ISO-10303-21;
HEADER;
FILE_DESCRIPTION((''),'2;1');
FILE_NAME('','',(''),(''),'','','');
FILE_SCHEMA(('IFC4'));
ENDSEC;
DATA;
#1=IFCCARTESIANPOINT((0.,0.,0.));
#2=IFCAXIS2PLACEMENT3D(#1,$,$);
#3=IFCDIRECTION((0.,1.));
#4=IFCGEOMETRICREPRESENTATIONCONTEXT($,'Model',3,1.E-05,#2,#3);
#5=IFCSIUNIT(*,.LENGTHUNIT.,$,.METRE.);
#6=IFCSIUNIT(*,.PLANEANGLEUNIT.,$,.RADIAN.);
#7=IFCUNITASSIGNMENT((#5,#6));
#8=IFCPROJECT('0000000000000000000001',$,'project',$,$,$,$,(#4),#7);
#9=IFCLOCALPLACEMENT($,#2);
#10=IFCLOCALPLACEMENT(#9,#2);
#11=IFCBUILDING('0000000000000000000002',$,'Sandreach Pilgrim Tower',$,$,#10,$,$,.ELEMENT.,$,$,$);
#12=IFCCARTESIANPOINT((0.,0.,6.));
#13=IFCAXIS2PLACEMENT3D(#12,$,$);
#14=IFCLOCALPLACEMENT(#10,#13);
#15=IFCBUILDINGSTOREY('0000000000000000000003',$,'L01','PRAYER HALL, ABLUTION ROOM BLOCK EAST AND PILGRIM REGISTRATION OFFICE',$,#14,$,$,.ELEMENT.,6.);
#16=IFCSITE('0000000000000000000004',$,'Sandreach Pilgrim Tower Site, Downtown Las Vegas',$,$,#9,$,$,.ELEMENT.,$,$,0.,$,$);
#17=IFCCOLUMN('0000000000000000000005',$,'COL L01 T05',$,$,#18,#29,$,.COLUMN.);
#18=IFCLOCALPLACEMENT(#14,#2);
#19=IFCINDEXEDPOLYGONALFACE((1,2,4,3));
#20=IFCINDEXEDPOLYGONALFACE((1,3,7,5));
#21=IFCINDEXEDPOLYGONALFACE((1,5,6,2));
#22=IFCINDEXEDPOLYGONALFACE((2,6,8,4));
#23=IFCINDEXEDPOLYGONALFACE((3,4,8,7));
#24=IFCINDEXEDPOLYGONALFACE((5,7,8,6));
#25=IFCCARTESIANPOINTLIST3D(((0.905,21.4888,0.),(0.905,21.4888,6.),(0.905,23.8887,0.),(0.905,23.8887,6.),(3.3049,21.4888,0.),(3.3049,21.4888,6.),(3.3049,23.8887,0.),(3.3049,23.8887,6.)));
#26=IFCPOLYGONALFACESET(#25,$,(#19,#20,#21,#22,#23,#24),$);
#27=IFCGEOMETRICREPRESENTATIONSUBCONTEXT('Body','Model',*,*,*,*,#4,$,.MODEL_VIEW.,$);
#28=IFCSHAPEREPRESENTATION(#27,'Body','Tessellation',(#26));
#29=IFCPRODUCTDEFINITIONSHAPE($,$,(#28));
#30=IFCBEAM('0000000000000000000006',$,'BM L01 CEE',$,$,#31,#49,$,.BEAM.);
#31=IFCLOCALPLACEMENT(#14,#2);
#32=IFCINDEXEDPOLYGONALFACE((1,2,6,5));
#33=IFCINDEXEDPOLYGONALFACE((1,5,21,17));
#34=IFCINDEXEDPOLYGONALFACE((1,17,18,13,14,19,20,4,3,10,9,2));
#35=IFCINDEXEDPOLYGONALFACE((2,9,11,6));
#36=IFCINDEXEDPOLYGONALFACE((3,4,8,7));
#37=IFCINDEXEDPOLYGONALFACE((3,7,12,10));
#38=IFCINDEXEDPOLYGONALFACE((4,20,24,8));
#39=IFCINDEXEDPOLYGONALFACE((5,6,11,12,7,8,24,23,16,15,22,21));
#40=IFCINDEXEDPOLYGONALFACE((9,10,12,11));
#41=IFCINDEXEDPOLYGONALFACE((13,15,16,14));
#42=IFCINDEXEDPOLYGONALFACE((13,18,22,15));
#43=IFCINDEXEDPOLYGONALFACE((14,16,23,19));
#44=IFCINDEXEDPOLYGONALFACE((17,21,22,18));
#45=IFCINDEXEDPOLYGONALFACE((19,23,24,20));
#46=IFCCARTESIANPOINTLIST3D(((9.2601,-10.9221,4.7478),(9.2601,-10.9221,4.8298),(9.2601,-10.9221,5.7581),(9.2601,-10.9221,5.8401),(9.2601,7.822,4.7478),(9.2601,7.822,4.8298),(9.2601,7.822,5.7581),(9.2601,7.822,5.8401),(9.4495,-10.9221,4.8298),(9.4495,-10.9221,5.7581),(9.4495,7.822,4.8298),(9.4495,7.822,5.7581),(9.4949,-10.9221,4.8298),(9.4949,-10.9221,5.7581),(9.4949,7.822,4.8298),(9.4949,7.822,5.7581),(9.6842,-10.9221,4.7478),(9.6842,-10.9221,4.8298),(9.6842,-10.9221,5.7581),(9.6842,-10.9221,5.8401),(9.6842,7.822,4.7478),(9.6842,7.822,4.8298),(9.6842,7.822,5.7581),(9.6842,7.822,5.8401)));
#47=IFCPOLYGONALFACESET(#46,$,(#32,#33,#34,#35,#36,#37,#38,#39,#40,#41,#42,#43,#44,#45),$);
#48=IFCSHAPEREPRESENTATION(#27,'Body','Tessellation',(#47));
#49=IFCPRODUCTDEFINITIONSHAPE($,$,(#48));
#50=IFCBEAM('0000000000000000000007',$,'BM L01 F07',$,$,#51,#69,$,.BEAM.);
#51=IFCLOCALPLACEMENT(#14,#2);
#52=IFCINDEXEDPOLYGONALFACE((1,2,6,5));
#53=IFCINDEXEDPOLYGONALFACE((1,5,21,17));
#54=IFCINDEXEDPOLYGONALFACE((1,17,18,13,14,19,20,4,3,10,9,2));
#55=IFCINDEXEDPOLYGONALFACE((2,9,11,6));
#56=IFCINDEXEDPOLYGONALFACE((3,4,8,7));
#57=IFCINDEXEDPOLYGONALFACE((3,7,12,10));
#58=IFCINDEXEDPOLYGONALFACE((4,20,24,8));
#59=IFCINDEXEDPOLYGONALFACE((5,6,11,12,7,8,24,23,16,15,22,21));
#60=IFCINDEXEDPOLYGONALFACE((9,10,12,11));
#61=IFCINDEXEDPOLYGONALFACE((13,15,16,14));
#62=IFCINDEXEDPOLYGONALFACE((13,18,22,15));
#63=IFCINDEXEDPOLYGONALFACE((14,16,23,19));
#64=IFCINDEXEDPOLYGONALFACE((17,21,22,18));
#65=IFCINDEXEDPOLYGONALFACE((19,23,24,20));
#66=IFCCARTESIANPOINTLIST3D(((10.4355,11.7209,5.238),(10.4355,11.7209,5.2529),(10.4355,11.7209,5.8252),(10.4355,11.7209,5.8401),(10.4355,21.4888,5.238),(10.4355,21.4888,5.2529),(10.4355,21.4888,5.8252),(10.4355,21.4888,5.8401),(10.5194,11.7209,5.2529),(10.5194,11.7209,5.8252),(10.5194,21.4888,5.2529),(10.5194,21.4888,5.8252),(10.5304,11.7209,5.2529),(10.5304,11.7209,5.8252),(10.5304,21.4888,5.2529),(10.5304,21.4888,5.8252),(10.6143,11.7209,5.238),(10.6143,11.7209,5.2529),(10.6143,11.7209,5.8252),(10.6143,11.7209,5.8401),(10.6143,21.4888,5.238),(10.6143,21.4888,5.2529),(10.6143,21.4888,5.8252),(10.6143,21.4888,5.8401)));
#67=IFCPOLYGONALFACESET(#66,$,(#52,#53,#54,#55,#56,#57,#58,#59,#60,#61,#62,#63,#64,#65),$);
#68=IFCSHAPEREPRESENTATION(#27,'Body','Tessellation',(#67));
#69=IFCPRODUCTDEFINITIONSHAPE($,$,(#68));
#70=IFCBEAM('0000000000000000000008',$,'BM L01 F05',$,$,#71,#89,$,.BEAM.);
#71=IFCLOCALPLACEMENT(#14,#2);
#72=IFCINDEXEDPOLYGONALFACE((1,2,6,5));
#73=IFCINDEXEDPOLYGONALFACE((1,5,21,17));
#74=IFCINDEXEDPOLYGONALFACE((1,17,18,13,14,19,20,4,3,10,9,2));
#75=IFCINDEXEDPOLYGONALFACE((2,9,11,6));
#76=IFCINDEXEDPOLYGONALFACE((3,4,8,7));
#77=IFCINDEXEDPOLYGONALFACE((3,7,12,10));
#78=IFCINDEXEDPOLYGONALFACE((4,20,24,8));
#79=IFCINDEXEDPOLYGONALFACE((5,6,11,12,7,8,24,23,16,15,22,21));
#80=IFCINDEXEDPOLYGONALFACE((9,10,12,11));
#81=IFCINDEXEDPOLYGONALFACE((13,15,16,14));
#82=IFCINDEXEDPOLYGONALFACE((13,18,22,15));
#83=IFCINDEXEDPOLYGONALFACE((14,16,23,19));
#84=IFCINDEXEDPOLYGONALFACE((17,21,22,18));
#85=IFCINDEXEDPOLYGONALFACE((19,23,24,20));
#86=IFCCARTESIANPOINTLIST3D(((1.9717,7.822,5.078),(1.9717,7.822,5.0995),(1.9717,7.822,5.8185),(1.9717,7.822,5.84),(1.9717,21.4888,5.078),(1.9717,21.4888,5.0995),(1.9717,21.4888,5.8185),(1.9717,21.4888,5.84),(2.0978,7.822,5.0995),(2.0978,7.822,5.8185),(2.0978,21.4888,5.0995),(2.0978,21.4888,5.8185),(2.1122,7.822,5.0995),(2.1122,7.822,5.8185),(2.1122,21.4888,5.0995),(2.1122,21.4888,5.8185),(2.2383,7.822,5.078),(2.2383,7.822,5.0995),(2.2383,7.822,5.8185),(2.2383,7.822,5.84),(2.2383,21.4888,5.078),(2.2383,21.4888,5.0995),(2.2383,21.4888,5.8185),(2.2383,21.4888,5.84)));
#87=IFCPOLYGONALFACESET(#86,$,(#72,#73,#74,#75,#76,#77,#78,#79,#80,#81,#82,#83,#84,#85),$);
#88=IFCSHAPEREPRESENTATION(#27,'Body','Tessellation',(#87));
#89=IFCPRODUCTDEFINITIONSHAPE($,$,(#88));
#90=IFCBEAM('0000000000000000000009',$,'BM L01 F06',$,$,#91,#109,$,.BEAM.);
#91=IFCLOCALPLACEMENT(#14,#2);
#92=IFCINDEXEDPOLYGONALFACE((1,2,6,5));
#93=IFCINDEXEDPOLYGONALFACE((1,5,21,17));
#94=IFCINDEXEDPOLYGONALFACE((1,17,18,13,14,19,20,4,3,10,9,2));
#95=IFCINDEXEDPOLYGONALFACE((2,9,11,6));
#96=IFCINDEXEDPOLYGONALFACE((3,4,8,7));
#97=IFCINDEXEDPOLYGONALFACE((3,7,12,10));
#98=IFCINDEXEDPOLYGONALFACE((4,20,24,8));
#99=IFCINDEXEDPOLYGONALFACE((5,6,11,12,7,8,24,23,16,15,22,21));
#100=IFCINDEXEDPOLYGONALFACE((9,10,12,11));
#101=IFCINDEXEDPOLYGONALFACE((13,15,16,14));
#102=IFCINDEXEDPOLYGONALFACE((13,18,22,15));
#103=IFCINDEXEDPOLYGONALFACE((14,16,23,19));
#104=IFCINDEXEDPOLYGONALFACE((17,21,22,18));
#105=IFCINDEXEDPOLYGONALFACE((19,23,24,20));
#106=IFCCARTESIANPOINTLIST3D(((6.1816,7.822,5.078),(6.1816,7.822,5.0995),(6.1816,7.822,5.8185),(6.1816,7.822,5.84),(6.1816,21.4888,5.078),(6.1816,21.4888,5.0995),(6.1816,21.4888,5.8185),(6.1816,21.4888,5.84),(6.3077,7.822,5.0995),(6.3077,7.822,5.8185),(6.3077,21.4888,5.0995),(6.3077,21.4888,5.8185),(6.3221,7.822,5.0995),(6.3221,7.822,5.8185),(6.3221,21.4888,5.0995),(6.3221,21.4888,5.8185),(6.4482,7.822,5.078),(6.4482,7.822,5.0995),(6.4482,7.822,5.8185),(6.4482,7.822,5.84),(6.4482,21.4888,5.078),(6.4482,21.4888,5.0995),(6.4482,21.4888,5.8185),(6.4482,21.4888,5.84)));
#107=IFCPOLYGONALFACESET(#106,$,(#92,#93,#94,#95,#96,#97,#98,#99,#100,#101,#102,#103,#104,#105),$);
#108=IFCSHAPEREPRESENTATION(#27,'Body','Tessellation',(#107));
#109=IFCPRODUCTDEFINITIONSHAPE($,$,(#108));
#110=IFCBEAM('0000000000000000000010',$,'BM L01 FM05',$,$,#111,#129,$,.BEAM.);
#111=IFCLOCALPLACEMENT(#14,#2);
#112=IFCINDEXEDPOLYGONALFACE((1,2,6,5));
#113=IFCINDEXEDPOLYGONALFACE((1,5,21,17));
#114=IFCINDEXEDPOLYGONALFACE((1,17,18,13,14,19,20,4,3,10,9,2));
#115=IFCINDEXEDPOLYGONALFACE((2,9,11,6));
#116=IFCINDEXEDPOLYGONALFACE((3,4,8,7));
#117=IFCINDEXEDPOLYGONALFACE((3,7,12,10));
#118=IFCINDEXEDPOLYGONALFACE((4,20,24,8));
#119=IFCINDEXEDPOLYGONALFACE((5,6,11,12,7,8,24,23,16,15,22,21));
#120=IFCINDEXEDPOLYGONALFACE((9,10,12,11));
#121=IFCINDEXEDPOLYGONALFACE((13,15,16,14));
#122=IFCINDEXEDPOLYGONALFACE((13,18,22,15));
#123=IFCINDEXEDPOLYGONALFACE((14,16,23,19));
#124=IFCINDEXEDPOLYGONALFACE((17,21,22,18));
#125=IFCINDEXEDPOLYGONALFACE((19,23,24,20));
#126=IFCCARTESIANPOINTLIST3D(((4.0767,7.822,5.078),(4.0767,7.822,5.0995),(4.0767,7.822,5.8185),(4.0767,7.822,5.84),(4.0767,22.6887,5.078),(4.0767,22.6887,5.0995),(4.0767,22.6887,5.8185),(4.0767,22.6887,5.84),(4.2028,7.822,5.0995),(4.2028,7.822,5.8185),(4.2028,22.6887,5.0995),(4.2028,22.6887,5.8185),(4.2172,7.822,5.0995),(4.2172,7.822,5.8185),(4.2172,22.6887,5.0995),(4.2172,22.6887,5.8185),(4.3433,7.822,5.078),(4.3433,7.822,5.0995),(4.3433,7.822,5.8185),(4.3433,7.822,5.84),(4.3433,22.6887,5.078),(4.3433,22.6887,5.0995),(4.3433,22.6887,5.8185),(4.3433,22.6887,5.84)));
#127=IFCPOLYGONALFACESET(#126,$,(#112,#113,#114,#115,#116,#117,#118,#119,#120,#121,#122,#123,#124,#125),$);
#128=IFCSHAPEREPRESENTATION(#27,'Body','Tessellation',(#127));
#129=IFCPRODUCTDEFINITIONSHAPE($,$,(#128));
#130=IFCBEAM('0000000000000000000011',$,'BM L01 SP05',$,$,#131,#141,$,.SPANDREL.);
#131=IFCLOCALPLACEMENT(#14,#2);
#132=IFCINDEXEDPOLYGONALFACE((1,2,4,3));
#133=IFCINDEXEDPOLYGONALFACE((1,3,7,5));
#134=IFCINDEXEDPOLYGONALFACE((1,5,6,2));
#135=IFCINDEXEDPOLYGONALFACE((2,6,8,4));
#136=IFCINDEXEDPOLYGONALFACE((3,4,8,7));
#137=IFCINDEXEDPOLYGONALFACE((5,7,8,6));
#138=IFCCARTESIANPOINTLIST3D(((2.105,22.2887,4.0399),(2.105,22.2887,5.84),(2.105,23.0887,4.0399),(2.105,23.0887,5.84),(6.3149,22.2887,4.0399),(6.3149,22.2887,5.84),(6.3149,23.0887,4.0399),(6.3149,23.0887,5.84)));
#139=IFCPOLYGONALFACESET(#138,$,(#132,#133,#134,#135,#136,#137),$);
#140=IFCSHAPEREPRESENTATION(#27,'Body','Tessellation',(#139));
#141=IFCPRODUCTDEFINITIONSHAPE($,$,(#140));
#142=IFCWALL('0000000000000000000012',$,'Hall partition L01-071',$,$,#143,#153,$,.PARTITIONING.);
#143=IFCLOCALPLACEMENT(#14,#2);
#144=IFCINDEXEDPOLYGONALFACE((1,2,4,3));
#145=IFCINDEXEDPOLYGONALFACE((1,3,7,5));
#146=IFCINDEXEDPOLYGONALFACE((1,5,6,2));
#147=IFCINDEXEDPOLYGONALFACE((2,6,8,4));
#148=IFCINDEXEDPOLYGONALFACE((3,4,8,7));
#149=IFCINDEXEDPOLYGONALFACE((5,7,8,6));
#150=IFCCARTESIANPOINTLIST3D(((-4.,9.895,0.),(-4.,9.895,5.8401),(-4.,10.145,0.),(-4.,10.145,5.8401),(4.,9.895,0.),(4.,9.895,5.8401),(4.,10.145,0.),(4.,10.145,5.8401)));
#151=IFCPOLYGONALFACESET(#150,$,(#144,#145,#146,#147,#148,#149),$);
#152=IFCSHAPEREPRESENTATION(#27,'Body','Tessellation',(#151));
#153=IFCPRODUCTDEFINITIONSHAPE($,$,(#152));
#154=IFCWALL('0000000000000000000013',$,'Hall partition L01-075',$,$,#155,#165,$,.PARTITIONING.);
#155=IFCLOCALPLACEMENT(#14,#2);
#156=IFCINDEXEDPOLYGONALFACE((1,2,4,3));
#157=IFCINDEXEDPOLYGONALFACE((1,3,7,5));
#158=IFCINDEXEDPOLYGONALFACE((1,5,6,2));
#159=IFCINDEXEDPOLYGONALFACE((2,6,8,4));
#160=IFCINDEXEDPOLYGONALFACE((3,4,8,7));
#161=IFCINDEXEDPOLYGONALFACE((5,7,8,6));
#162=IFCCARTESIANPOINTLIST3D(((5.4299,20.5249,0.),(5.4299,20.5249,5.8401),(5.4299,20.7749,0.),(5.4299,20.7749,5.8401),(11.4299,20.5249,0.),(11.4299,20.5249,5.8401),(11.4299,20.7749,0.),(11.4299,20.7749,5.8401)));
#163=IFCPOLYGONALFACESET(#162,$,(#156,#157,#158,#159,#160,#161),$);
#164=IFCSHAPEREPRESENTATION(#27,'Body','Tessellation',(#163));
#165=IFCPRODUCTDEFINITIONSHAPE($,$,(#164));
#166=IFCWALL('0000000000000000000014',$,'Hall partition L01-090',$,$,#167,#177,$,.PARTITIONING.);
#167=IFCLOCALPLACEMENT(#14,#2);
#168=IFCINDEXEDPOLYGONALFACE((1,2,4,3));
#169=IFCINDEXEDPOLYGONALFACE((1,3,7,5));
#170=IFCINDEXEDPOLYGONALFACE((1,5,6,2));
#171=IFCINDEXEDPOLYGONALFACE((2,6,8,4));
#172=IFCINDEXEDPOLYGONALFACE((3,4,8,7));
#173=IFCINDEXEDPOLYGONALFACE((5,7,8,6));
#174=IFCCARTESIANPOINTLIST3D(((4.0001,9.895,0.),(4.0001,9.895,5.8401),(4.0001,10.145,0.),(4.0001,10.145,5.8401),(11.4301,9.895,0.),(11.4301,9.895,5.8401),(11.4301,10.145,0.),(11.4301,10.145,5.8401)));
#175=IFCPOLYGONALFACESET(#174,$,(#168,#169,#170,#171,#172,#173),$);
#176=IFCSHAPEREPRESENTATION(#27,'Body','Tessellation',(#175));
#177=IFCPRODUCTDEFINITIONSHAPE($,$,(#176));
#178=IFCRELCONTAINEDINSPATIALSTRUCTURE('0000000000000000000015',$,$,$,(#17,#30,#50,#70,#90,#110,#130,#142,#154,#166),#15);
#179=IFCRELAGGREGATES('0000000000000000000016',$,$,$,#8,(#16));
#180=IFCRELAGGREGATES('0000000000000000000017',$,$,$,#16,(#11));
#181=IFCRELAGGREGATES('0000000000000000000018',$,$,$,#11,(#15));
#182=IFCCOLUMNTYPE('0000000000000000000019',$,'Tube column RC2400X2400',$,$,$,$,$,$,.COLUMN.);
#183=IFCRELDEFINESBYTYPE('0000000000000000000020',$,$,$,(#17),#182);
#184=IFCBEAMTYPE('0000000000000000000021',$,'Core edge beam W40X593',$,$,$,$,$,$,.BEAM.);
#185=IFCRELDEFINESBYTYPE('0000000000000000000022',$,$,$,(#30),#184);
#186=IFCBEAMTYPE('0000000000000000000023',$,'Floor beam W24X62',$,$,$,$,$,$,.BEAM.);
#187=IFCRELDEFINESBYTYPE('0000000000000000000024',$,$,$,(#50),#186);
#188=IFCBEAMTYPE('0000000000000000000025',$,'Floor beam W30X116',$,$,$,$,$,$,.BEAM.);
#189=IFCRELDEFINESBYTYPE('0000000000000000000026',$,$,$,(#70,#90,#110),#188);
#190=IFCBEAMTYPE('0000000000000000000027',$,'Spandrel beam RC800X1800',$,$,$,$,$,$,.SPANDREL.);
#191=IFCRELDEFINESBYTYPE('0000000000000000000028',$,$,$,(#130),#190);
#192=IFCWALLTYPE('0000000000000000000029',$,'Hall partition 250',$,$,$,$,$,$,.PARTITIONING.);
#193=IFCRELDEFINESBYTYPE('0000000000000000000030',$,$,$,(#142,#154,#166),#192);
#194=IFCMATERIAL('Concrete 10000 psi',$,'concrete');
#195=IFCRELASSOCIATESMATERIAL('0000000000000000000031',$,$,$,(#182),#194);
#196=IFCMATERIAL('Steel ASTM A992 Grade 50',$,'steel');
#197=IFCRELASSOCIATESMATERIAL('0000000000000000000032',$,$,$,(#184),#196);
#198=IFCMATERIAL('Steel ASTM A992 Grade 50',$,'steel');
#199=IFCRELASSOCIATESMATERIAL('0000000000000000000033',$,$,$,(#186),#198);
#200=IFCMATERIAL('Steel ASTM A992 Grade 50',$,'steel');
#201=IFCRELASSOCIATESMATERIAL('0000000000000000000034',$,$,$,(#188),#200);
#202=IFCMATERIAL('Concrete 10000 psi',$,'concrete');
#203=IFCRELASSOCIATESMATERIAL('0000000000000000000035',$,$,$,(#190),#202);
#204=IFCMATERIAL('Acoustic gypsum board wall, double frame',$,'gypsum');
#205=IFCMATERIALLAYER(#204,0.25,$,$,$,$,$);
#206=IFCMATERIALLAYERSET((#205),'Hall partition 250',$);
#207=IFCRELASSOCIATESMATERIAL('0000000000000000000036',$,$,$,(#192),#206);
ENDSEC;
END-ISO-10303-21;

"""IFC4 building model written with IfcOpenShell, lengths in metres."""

from ifc_helpers import new_model, si_unit, direction, frame, frame_2d, origin, origin_2d, place, context, subcontext, project, spatial, rectangle, i_section, extrude, material, layer, layer_set, material_profile, profile_set, type_object, element, save


model = new_model("IFC4")

# Units and contexts
model_context = context("Model", 3, precision=1e-05, world=origin(), true_north=direction((0.0, 1.0)))
body_context = subcontext(model_context, "Body", "Model", "MODEL_VIEW")
ifc_project = project(units=[si_unit("LENGTHUNIT", "METRE"), si_unit("PLANEANGLEUNIT", "RADIAN")], contexts=[model_context])

# Site, building, storey
site_placement = place(None, origin())
site = spatial("IfcSite", under=ifc_project, at=site_placement, Name="Sandreach Pilgrim Tower Site, Downtown Las Vegas", CompositionType="ELEMENT", RefElevation=0.0)
building_placement = place(site_placement, origin())
building = spatial("IfcBuilding", under=site, at=building_placement, Name="Sandreach Pilgrim Tower", CompositionType="ELEMENT")
storey_placement = place(building_placement, frame((0.0, 0.0, 6.0)))
storey = spatial("IfcBuildingStorey", under=building, at=storey_placement, Name="L01", Description="PRAYER HALL, ABLUTION ROOM BLOCK EAST AND PILGRIM REGISTRATION OFFICE", CompositionType="ELEMENT", Elevation=6.0)

# Column
ifc_material_1 = material(Name="Concrete 10000 psi", Category="concrete")
ifc_material_profile_1 = material_profile(ifc_material_1, rectangle(XDim=2.3999, YDim=2.3999, at=origin_2d()), Name="RC2400X2400")
ifc_profile_set_1 = profile_set([ifc_material_profile_1], Name="Concrete 10000 psi")
column_type = type_object("IfcColumnType", Name="Tube column RC2400X2400", PredefinedType="COLUMN", material=ifc_profile_set_1)
column_placement = place(storey_placement, frame((2.105, 22.6887, 0.0), z_axis=(0.0, 0.0, 1.0), x_axis=(0.0, 1.0, 0.0)))
element("IfcColumn", 1, at=column_placement, inside=storey, type_object=column_type, Name="COL L01 T05", PredefinedType="COLUMN", context=body_context, shape_type="SweptSolid", body=[
    extrude(rectangle(XDim=2.3999, YDim=2.3999, at=origin_2d()), origin(), (0.0, 0.0, 1.0), 6.0),
])

# Beams
ifc_material_2 = material(Name="Steel ASTM A992 Grade 50", Category="steel")
ifc_material_profile_2 = material_profile(ifc_material_2, i_section(OverallWidth=0.4241, OverallDepth=1.0923, WebThickness=0.0454, FlangeThickness=0.082, at=origin_2d()), Name="W40X593")
ifc_profile_set_2 = profile_set([ifc_material_profile_2], Name="Steel ASTM A992 Grade 50")
beam_type_1 = type_object("IfcBeamType", Name="Core edge beam W40X593", PredefinedType="BEAM", material=ifc_profile_set_2)
beam_1_placement = place(storey_placement, frame((9.4722, 7.822, 5.2939), z_axis=(0.0, -1.0, 0.0), x_axis=(1.0, 0.0, 0.0)))
element("IfcBeam", 2, at=beam_1_placement, inside=storey, type_object=beam_type_1, Name="BM L01 CEE", PredefinedType="BEAM", context=body_context, shape_type="SweptSolid", body=[
    extrude(i_section(OverallWidth=0.4241, OverallDepth=1.0923, WebThickness=0.0454, FlangeThickness=0.082, at=origin_2d()), origin(), (0.0, 0.0, 1.0), 18.7441),
])
ifc_material_3 = material(Name="Steel ASTM A992 Grade 50", Category="steel")
ifc_material_profile_3 = material_profile(ifc_material_3, i_section(OverallWidth=0.1787, OverallDepth=0.6021, WebThickness=0.011, FlangeThickness=0.0149, at=origin_2d()), Name="W24X62")
ifc_profile_set_3 = profile_set([ifc_material_profile_3], Name="Steel ASTM A992 Grade 50")
beam_type_2 = type_object("IfcBeamType", Name="Floor beam W24X62", PredefinedType="BEAM", material=ifc_profile_set_3)
beam_2_placement = place(storey_placement, frame((10.5249, 21.4888, 5.5391), z_axis=(0.0, -1.0, 0.0), x_axis=(1.0, 0.0, 0.0)))
element("IfcBeam", 3, at=beam_2_placement, inside=storey, type_object=beam_type_2, Name="BM L01 F07", PredefinedType="BEAM", context=body_context, shape_type="SweptSolid", body=[
    extrude(i_section(OverallWidth=0.1787, OverallDepth=0.6021, WebThickness=0.011, FlangeThickness=0.0149, at=origin_2d()), origin(), (0.0, 0.0, 1.0), 9.7678),
])
ifc_material_4 = material(Name="Steel ASTM A992 Grade 50", Category="steel")
ifc_material_profile_4 = material_profile(ifc_material_4, i_section(OverallWidth=0.2666, OverallDepth=0.762, WebThickness=0.0144, FlangeThickness=0.0215, at=origin_2d()), Name="W30X116")
ifc_profile_set_4 = profile_set([ifc_material_profile_4], Name="Steel ASTM A992 Grade 50")
beam_type_3 = type_object("IfcBeamType", Name="Floor beam W30X116", PredefinedType="BEAM", material=ifc_profile_set_4)
for number, where, z_axis, x_axis, name in (
    (4, (2.105, 21.4888, 5.459), (0.0, -1.0, 0.0), (1.0, 0.0, 0.0), "BM L01 F05"),
    (5, (6.3149, 21.4888, 5.459), (0.0, -1.0, 0.0), (1.0, 0.0, 0.0), "BM L01 F06"),
):
    element("IfcBeam", number, at=place(storey_placement, frame(where, z_axis=z_axis, x_axis=x_axis)), inside=storey, type_object=beam_type_3, Name=name, PredefinedType="BEAM", context=body_context, shape_type="SweptSolid", body=[
        extrude(i_section(OverallWidth=0.2666, OverallDepth=0.762, WebThickness=0.0144, FlangeThickness=0.0215, at=origin_2d()), origin(), (0.0, 0.0, 1.0), 13.6667),
    ])
beam_3_placement = place(storey_placement, frame((4.21, 22.6887, 5.459), z_axis=(0.0, -1.0, 0.0), x_axis=(1.0, 0.0, 0.0)))
element("IfcBeam", 6, at=beam_3_placement, inside=storey, type_object=beam_type_3, Name="BM L01 FM05", PredefinedType="BEAM", context=body_context, shape_type="SweptSolid", body=[
    extrude(i_section(OverallWidth=0.2666, OverallDepth=0.762, WebThickness=0.0144, FlangeThickness=0.0215, at=origin_2d()), origin(), (0.0, 0.0, 1.0), 14.8667),
])
ifc_material_5 = material(Name="Concrete 10000 psi", Category="concrete")
ifc_material_profile_5 = material_profile(ifc_material_5, rectangle(XDim=0.8, YDim=1.8, at=origin_2d()), Name="RC800X1800")
ifc_profile_set_5 = profile_set([ifc_material_profile_5], Name="Concrete 10000 psi")
beam_type_4 = type_object("IfcBeamType", Name="Spandrel beam RC800X1800", PredefinedType="SPANDREL", material=ifc_profile_set_5)
beam_4_placement = place(storey_placement, frame((2.105, 22.6887, 4.9399), z_axis=(1.0, 0.0, 0.0), x_axis=(0.0, 1.0, 0.0)))
element("IfcBeam", 7, at=beam_4_placement, inside=storey, type_object=beam_type_4, Name="BM L01 SP05", PredefinedType="SPANDREL", context=body_context, shape_type="SweptSolid", body=[
    extrude(rectangle(XDim=0.8, YDim=1.8, at=origin_2d()), origin(), (0.0, 0.0, 1.0), 4.21),
])

# Walls
ifc_material_6 = material(Name="Acoustic gypsum board wall, double frame", Category="gypsum")
ifc_layer_1 = layer(ifc_material_6, 0.25)
ifc_layer_set_1 = layer_set([ifc_layer_1], Name="Hall partition 250")
wall_type_1 = type_object("IfcWallType", Name="Hall partition 250", PredefinedType="PARTITIONING", material=ifc_layer_set_1)
wall_1_placement = place(storey_placement, frame((4.0, 10.02, 0.0), z_axis=(0.0, 0.0, 1.0), x_axis=(-1.0, 0.0, 0.0)))
element("IfcWall", 8, at=wall_1_placement, inside=storey, type_object=wall_type_1, Name="Hall partition L01-071", PredefinedType="PARTITIONING", context=body_context, shape_type="SweptSolid", body=[
    extrude(rectangle(XDim=8.0, YDim=0.25, at=frame_2d((4.0, 0.0))), origin(), (0.0, 0.0, 1.0), 5.8401),
])
wall_2_placement = place(storey_placement, frame((5.4299, 20.6499, 0.0), z_axis=(0.0, 0.0, 1.0), x_axis=(1.0, 0.0, 0.0)))
element("IfcWall", 9, at=wall_2_placement, inside=storey, type_object=wall_type_1, Name="Hall partition L01-075", PredefinedType="PARTITIONING", context=body_context, shape_type="SweptSolid", body=[
    extrude(rectangle(XDim=6.0, YDim=0.25, at=frame_2d((3.0, 0.0))), origin(), (0.0, 0.0, 1.0), 5.8401),
])
wall_3_placement = place(storey_placement, frame((11.4299, 10.02, 0.0), z_axis=(0.0, 0.0, 1.0), x_axis=(-1.0, 0.0, 0.0)))
element("IfcWall", 10, at=wall_3_placement, inside=storey, type_object=wall_type_1, Name="Hall partition L01-090", PredefinedType="PARTITIONING", context=body_context, shape_type="SweptSolid", body=[
    extrude(rectangle(XDim=7.4299, YDim=0.25, at=frame_2d((3.7148, 0.0))), origin(), (0.0, 0.0, 1.0), 5.8401),
])

save(model, "model.ifc")
